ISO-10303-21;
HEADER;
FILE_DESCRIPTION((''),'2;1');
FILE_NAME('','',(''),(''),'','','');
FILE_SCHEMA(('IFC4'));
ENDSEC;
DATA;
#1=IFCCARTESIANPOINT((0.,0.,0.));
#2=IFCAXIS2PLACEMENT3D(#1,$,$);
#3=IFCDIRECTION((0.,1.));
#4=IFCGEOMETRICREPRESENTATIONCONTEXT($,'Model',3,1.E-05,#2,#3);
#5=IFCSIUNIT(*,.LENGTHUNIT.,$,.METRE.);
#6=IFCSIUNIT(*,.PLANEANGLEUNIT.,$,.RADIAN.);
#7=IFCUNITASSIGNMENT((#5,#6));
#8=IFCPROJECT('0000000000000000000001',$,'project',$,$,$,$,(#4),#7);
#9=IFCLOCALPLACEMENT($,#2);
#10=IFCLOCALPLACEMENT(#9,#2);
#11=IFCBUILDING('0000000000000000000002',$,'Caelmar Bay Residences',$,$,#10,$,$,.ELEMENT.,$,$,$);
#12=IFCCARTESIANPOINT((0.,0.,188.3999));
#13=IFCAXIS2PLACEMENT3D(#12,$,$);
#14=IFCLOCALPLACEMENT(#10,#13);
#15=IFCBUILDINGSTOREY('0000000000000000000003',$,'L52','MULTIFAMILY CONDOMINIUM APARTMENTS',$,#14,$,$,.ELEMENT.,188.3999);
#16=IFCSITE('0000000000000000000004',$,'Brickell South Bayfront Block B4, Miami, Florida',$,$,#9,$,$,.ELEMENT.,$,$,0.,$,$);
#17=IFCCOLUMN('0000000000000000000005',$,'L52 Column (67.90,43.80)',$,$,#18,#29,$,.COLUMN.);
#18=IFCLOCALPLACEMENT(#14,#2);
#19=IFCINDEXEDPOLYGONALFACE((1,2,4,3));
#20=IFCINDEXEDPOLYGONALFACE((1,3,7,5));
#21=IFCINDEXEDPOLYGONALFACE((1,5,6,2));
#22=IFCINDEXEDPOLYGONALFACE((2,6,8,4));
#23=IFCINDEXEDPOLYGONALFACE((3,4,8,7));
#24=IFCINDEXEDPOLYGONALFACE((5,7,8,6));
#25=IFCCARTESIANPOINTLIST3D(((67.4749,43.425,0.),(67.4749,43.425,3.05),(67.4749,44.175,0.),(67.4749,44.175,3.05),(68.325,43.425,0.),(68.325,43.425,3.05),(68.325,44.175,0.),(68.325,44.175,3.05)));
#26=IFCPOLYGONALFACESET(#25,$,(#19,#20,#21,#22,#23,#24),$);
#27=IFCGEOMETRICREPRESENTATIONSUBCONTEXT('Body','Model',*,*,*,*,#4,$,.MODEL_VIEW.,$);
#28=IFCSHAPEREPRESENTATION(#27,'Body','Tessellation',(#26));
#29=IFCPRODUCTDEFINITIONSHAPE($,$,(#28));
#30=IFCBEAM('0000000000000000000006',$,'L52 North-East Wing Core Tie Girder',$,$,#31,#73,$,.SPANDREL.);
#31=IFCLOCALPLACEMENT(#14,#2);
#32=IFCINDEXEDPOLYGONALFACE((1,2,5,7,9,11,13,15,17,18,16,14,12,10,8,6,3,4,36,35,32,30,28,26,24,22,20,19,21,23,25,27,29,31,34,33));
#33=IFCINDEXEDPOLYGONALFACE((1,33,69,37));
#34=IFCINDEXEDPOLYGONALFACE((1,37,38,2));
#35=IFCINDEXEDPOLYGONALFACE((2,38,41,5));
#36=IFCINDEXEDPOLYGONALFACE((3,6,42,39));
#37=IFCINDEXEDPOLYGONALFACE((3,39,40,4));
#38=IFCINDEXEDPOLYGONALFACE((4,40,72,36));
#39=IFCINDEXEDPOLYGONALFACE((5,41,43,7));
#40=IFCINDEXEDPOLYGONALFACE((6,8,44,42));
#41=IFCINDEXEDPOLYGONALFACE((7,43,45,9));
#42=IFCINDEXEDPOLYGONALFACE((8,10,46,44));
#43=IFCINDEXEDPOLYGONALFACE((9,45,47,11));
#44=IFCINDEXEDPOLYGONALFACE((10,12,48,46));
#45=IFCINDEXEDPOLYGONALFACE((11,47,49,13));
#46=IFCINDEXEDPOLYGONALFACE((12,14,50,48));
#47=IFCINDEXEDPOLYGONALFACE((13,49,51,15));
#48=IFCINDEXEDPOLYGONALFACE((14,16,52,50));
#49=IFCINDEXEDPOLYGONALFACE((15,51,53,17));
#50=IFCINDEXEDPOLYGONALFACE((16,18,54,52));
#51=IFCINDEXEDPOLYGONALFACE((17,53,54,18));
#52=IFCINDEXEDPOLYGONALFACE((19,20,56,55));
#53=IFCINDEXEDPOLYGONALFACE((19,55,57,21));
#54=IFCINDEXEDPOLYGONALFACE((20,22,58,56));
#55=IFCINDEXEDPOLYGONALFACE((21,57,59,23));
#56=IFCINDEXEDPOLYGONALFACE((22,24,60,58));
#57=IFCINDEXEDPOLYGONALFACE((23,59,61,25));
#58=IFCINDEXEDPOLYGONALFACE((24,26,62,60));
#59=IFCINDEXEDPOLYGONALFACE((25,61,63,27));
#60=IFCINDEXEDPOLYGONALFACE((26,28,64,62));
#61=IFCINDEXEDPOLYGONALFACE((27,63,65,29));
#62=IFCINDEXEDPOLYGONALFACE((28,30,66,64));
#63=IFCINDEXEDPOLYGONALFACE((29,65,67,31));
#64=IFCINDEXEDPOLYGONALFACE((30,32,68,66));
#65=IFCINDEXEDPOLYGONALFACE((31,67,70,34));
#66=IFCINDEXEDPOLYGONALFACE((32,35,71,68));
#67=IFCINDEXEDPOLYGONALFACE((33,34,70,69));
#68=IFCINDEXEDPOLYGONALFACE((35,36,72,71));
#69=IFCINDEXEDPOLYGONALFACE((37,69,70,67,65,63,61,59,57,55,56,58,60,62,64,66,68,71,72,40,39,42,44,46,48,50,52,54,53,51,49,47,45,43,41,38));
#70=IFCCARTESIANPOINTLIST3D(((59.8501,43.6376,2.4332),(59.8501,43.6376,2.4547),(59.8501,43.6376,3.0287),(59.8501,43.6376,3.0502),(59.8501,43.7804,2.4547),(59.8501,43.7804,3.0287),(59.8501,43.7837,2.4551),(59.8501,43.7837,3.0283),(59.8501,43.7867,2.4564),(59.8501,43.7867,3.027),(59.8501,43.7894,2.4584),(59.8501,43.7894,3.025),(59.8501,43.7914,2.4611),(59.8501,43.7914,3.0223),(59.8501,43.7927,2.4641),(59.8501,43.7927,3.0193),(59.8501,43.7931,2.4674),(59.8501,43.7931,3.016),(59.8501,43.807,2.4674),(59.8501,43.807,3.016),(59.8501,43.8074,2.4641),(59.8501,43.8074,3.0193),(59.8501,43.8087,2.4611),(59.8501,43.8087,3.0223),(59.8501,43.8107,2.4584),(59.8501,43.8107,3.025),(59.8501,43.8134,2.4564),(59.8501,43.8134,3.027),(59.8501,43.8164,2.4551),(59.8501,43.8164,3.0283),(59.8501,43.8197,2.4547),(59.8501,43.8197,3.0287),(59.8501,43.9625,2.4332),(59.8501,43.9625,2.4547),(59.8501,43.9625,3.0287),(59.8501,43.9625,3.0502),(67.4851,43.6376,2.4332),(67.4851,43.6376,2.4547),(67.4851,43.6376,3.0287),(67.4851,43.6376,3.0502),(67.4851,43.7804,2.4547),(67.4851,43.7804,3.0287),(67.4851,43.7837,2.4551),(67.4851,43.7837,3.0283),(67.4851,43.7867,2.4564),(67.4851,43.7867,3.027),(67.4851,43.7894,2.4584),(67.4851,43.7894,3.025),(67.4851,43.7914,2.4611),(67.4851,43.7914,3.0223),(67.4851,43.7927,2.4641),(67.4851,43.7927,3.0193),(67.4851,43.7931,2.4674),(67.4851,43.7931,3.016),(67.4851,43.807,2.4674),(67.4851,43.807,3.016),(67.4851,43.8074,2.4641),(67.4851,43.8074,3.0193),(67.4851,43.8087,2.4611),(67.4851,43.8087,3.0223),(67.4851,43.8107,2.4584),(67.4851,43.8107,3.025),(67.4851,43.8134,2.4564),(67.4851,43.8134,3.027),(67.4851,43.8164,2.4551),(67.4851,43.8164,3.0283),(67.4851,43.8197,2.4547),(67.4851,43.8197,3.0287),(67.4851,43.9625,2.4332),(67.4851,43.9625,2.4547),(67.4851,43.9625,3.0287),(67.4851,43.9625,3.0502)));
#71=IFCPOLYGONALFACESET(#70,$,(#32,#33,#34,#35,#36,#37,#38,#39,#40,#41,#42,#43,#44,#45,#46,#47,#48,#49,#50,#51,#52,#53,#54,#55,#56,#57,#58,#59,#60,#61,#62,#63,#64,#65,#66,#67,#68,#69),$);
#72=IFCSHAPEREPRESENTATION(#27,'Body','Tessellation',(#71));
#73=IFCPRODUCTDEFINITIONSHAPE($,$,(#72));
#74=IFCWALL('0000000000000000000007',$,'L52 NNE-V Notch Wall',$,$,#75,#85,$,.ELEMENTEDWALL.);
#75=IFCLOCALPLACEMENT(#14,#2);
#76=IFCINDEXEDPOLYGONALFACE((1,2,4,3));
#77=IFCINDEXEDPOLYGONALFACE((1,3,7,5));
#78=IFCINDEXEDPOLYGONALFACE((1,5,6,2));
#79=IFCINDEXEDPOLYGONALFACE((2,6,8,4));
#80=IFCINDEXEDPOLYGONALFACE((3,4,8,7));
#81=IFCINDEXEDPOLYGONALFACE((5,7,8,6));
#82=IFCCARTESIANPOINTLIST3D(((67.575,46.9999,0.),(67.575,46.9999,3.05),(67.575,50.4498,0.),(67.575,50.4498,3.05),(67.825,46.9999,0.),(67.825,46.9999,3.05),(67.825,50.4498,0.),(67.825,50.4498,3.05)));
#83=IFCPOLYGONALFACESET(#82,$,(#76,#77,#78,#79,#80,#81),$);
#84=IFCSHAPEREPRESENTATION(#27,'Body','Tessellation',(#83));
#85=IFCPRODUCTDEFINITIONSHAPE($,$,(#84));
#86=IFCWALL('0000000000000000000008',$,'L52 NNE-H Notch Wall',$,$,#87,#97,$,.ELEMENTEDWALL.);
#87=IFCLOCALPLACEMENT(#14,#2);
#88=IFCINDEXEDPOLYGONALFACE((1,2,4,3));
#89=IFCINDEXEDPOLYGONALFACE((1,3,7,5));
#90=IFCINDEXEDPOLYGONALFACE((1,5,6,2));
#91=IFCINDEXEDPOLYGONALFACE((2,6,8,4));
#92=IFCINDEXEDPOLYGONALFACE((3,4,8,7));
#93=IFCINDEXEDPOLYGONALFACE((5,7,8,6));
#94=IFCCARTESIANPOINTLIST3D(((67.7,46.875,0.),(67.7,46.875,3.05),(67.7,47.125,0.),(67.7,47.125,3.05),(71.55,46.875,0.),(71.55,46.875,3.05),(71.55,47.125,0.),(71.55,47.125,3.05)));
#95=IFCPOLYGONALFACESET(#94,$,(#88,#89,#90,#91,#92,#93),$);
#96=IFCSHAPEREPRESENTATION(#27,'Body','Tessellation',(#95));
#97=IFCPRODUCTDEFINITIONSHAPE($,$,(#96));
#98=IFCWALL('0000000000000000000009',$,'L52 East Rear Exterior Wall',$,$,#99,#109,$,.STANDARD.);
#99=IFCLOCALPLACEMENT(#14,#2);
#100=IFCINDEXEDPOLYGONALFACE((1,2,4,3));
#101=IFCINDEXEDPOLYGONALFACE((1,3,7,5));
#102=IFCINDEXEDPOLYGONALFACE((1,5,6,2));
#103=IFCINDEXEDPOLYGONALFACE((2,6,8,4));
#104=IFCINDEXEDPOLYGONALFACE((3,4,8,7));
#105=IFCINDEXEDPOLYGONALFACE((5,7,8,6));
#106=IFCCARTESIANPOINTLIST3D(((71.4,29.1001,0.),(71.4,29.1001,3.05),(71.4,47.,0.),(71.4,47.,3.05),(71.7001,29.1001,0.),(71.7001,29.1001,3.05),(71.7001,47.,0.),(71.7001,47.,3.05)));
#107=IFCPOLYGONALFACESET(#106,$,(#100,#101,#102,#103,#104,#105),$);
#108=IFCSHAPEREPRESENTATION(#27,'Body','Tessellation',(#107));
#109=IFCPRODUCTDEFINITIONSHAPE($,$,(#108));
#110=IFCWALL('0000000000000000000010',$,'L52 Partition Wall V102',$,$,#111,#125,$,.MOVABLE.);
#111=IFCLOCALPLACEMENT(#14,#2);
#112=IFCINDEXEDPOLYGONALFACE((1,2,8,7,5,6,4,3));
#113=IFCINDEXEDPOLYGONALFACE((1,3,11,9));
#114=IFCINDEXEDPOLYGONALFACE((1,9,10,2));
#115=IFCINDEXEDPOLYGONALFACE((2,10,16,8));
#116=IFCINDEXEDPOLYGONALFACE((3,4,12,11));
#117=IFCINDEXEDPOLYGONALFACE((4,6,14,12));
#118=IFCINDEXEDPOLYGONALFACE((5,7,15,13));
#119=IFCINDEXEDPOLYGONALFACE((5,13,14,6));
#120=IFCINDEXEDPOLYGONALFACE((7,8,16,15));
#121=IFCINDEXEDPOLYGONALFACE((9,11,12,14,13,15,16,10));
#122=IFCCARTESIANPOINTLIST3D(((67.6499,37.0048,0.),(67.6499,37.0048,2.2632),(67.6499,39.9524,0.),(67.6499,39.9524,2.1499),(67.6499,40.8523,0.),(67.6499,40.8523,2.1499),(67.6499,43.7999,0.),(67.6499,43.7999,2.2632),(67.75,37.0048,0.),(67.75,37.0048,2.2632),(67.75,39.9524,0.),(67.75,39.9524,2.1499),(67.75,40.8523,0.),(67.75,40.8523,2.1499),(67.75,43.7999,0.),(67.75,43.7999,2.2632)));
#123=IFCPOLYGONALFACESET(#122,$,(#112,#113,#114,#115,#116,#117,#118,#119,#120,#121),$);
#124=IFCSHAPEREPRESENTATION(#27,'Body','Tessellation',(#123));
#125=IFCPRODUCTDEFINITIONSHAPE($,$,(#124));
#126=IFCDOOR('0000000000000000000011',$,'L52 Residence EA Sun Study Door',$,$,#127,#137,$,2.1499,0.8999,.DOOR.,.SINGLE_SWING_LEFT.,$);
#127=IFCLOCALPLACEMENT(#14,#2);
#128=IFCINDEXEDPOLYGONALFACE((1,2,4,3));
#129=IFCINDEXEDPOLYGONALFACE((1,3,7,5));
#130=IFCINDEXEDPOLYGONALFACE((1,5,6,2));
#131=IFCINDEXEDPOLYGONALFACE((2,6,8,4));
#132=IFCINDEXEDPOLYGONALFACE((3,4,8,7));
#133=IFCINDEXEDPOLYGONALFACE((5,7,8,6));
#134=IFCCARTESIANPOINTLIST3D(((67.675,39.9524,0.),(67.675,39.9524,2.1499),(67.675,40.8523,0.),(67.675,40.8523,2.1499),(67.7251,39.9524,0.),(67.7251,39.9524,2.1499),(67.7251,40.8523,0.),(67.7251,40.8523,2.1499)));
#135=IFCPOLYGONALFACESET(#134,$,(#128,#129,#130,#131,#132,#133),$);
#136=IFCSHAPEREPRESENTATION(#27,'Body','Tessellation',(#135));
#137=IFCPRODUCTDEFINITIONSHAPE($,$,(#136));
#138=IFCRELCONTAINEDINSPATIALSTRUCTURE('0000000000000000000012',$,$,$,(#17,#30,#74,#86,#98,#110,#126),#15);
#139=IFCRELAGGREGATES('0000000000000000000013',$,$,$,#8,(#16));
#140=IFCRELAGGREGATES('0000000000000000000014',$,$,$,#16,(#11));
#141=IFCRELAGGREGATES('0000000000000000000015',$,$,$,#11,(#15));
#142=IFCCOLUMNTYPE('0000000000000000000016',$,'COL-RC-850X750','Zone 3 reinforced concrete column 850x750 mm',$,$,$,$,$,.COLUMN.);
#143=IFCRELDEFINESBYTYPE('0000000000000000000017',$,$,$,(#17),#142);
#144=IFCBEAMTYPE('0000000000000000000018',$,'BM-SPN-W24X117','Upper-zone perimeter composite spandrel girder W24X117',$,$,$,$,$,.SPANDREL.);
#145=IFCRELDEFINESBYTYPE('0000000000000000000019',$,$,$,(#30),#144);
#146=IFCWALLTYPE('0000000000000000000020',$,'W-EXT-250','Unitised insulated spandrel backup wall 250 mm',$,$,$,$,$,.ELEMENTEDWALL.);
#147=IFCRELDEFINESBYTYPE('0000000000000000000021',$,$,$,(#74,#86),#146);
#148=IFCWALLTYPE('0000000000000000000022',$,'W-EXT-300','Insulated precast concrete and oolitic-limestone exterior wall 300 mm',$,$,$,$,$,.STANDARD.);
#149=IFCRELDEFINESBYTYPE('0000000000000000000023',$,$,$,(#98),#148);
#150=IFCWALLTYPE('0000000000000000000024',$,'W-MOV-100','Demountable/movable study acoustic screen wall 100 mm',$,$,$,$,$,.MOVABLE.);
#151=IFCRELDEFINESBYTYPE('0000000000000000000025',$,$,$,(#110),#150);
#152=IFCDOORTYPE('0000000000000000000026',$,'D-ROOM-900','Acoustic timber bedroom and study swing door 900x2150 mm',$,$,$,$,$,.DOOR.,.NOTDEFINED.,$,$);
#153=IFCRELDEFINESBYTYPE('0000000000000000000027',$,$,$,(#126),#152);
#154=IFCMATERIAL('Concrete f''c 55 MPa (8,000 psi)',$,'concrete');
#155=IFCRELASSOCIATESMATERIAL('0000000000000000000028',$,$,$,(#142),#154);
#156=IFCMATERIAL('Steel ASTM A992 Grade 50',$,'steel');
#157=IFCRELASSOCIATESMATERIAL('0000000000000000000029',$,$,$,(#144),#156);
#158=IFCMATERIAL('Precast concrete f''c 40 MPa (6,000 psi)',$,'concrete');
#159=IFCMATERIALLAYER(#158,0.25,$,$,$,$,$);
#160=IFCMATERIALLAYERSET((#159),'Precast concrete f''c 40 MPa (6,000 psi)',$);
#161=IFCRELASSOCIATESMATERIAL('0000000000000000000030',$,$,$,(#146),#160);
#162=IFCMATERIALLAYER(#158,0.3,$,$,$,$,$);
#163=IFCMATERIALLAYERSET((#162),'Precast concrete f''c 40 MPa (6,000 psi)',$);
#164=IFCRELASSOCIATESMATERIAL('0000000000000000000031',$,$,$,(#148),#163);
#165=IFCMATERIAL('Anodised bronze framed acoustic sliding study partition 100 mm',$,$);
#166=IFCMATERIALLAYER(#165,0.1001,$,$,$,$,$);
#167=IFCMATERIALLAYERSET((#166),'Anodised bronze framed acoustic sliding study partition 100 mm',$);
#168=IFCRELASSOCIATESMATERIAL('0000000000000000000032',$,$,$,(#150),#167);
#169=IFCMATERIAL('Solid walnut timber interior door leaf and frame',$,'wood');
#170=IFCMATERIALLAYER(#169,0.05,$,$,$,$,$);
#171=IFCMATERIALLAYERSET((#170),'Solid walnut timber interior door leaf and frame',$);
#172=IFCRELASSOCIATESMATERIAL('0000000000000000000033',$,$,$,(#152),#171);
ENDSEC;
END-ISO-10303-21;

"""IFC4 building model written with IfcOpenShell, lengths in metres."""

from ifc_helpers import new_model, si_unit, direction, frame, frame_2d, origin, origin_2d, place, context, subcontext, project, spatial, rectangle, i_section, extrude, material, layer, layer_set, material_profile, profile_set, type_object, element, fill, save


model = new_model("IFC4")

# Units and contexts
model_context = context("Model", 3, precision=1e-05, world=origin(), true_north=direction((0.0, 1.0)))
body_context = subcontext(model_context, "Body", "Model", "MODEL_VIEW")
ifc_project = project(units=[si_unit("LENGTHUNIT", "METRE"), si_unit("PLANEANGLEUNIT", "RADIAN")], contexts=[model_context])

# Site, building, storey
site_placement = place(None, origin())
site = spatial("IfcSite", under=ifc_project, at=site_placement, Name="Brickell South Bayfront Block B4, Miami, Florida", CompositionType="ELEMENT", RefElevation=0.0)
building_placement = place(site_placement, origin())
building = spatial("IfcBuilding", under=site, at=building_placement, Name="Caelmar Bay Residences", CompositionType="ELEMENT")
storey_placement = place(building_placement, frame((0.0, 0.0, 188.3999)))
storey = spatial("IfcBuildingStorey", under=building, at=storey_placement, Name="L52", Description="MULTIFAMILY CONDOMINIUM APARTMENTS", CompositionType="ELEMENT", Elevation=188.3999)

# Column
ifc_material_1 = material(Name="Concrete f'c 55 MPa (8,000 psi)", Category="concrete")
ifc_material_profile_1 = material_profile(ifc_material_1, rectangle(XDim=0.8501, YDim=0.75, at=origin_2d()), Name="RC-COL-850X750")
ifc_profile_set_1 = profile_set([ifc_material_profile_1], Name="Concrete f'c 55 MPa (8,000 psi)")
column_type = type_object("IfcColumnType", Name="COL-RC-850X750", Description="Zone 3 reinforced concrete column 850x750 mm", PredefinedType="COLUMN", material=ifc_profile_set_1)
column_placement = place(storey_placement, frame((67.8999, 43.8, 0.0), z_axis=(0.0, 0.0, 1.0), x_axis=(1.0, 0.0, 0.0)))
element("IfcColumn", 1, at=column_placement, inside=storey, type_object=column_type, Name="L52 Column (67.90,43.80)", PredefinedType="COLUMN", context=body_context, shape_type="SweptSolid", body=[
    extrude(rectangle(XDim=0.8501, YDim=0.75, at=origin_2d()), origin(), (0.0, 0.0, 1.0), 3.05),
])

# Beam
ifc_material_2 = material(Name="Steel ASTM A992 Grade 50", Category="steel")
ifc_material_profile_2 = material_profile(ifc_material_2, i_section(OverallWidth=0.325, OverallDepth=0.6169, WebThickness=0.0139, FlangeThickness=0.0215, FilletRadius=0.0127, at=origin_2d()), Name="W24X117")
ifc_profile_set_2 = profile_set([ifc_material_profile_2], Name="Steel ASTM A992 Grade 50")
beam_type = type_object("IfcBeamType", Name="BM-SPN-W24X117", Description="Upper-zone perimeter composite spandrel girder W24X117", PredefinedType="SPANDREL", material=ifc_profile_set_2)
beam_placement = place(storey_placement, frame((59.8501, 43.8, 2.7417), z_axis=(1.0, 0.0, 0.0), x_axis=(0.0, 1.0, 0.0)))
element("IfcBeam", 2, at=beam_placement, inside=storey, type_object=beam_type, Name="L52 North-East Wing Core Tie Girder", PredefinedType="SPANDREL", context=body_context, shape_type="SweptSolid", body=[
    extrude(i_section(OverallWidth=0.325, OverallDepth=0.6169, WebThickness=0.0139, FlangeThickness=0.0215, FilletRadius=0.0127, at=origin_2d()), origin(), (0.0, 0.0, 1.0), 7.635),
])

# Walls
ifc_material_3 = material(Name="Precast concrete f'c 40 MPa (6,000 psi)", Category="concrete")
ifc_layer_1 = layer(ifc_material_3, 0.25)
ifc_layer_set_1 = layer_set([ifc_layer_1], Name="Precast concrete f'c 40 MPa (6,000 psi)")
wall_type_1 = type_object("IfcWallType", Name="W-EXT-250", Description="Unitised insulated spandrel backup wall 250 mm", PredefinedType="ELEMENTEDWALL", material=ifc_layer_set_1)
wall_1_placement = place(storey_placement, frame((67.7, 50.45, 0.0), z_axis=(0.0, 0.0, 1.0), x_axis=(0.0, -1.0, 0.0)))
element("IfcWall", 3, at=wall_1_placement, inside=storey, type_object=wall_type_1, Name="L52 NNE-V Notch Wall", PredefinedType="ELEMENTEDWALL", context=body_context, shape_type="SweptSolid", body=[
    extrude(rectangle(XDim=3.45, YDim=0.25, at=frame_2d((1.7251, 0.0))), origin(), (0.0, 0.0, 1.0), 3.05),
])
wall_2_placement = place(storey_placement, frame((67.7, 47.0, 0.0), z_axis=(0.0, 0.0, 1.0), x_axis=(1.0, 0.0, 0.0)))
element("IfcWall", 4, at=wall_2_placement, inside=storey, type_object=wall_type_1, Name="L52 NNE-H Notch Wall", PredefinedType="ELEMENTEDWALL", context=body_context, shape_type="SweptSolid", body=[
    extrude(rectangle(XDim=3.8501, YDim=0.25, at=frame_2d((1.925, 0.0))), origin(), (0.0, 0.0, 1.0), 3.05),
])
ifc_layer_2 = layer(ifc_material_3, 0.3)
ifc_layer_set_2 = layer_set([ifc_layer_2], Name="Precast concrete f'c 40 MPa (6,000 psi)")
wall_type_2 = type_object("IfcWallType", Name="W-EXT-300", Description="Insulated precast concrete and oolitic-limestone exterior wall 300 mm", PredefinedType="STANDARD", material=ifc_layer_set_2)
wall_3_placement = place(storey_placement, frame((71.55, 47.0, 0.0), z_axis=(0.0, 0.0, 1.0), x_axis=(0.0, -1.0, 0.0)))
element("IfcWall", 5, at=wall_3_placement, inside=storey, type_object=wall_type_2, Name="L52 East Rear Exterior Wall", PredefinedType="STANDARD", context=body_context, shape_type="SweptSolid", body=[
    extrude(rectangle(XDim=17.8999, YDim=0.3, at=frame_2d((8.95, 0.0))), origin(), (0.0, 0.0, 1.0), 3.05),
])

# Wall, opening, door
ifc_material_4 = material(Name="Anodised bronze framed acoustic sliding study partition 100 mm")
ifc_layer_3 = layer(ifc_material_4, 0.1001)
ifc_layer_set_3 = layer_set([ifc_layer_3], Name="Anodised bronze framed acoustic sliding study partition 100 mm")
wall_type_3 = type_object("IfcWallType", Name="W-MOV-100", Description="Demountable/movable study acoustic screen wall 100 mm", PredefinedType="MOVABLE", material=ifc_layer_set_3)
wall_4_placement = place(storey_placement, frame((67.7, 37.0049, 0.0), z_axis=(0.0, 0.0, 1.0), x_axis=(0.0, 1.0, 0.0)))
wall_4 = element("IfcWall", 6, at=wall_4_placement, inside=storey, type_object=wall_type_3, Name="L52 Partition Wall V102", PredefinedType="MOVABLE", context=body_context, shape_type="SweptSolid", body=[
    extrude(rectangle(XDim=6.7952, YDim=0.1001, at=frame_2d((3.3975, 0.0))), origin(), (0.0, 0.0, 1.0), 2.2632),
])
opening_1_placement = place(wall_4_placement, frame((2.9475, 0.0, 0.0)))
opening_1 = element("IfcOpeningElement", 7, at=opening_1_placement, cuts=wall_4, PredefinedType="OPENING", context=body_context, shape_type="SweptSolid", body=[
    extrude(rectangle(XDim=0.8999, YDim=2.1499, at=frame_2d((0.45, 1.075))), frame((0.0, 0.0601, 0.0), z_axis=(0.0, -1.0, 0.0), x_axis=(1.0, 0.0, 0.0)), (0.0, 0.0, 1.0), 0.1201),
])
ifc_material_5 = material(Name="Solid walnut timber interior door leaf and frame", Category="wood")
ifc_layer_4 = layer(ifc_material_5, 0.05)
ifc_layer_set_4 = layer_set([ifc_layer_4], Name="Solid walnut timber interior door leaf and frame")
door_type_1 = type_object("IfcDoorType", Name="D-ROOM-900", Description="Acoustic timber bedroom and study swing door 900x2150 mm", OperationType="NOTDEFINED", PredefinedType="DOOR", material=ifc_layer_set_4)
door_1_placement = place(opening_1_placement, origin())
door_1 = element("IfcDoor", 8, at=door_1_placement, inside=storey, type_object=door_type_1, Name="L52 Residence EA Sun Study Door", OperationType="SINGLE_SWING_LEFT", OverallHeight=2.1499, OverallWidth=0.8999, PredefinedType="DOOR", context=body_context, shape_type="SweptSolid", body=[
    extrude(rectangle(XDim=0.8999, YDim=2.1499, at=frame_2d((0.45, 1.075))), frame((0.0, 0.0249, 0.0), z_axis=(0.0, -1.0, 0.0), x_axis=(1.0, 0.0, 0.0)), (0.0, 0.0, 1.0), 0.05),
])
fill(opening_1, door_1)

save(model, "model.ifc")
